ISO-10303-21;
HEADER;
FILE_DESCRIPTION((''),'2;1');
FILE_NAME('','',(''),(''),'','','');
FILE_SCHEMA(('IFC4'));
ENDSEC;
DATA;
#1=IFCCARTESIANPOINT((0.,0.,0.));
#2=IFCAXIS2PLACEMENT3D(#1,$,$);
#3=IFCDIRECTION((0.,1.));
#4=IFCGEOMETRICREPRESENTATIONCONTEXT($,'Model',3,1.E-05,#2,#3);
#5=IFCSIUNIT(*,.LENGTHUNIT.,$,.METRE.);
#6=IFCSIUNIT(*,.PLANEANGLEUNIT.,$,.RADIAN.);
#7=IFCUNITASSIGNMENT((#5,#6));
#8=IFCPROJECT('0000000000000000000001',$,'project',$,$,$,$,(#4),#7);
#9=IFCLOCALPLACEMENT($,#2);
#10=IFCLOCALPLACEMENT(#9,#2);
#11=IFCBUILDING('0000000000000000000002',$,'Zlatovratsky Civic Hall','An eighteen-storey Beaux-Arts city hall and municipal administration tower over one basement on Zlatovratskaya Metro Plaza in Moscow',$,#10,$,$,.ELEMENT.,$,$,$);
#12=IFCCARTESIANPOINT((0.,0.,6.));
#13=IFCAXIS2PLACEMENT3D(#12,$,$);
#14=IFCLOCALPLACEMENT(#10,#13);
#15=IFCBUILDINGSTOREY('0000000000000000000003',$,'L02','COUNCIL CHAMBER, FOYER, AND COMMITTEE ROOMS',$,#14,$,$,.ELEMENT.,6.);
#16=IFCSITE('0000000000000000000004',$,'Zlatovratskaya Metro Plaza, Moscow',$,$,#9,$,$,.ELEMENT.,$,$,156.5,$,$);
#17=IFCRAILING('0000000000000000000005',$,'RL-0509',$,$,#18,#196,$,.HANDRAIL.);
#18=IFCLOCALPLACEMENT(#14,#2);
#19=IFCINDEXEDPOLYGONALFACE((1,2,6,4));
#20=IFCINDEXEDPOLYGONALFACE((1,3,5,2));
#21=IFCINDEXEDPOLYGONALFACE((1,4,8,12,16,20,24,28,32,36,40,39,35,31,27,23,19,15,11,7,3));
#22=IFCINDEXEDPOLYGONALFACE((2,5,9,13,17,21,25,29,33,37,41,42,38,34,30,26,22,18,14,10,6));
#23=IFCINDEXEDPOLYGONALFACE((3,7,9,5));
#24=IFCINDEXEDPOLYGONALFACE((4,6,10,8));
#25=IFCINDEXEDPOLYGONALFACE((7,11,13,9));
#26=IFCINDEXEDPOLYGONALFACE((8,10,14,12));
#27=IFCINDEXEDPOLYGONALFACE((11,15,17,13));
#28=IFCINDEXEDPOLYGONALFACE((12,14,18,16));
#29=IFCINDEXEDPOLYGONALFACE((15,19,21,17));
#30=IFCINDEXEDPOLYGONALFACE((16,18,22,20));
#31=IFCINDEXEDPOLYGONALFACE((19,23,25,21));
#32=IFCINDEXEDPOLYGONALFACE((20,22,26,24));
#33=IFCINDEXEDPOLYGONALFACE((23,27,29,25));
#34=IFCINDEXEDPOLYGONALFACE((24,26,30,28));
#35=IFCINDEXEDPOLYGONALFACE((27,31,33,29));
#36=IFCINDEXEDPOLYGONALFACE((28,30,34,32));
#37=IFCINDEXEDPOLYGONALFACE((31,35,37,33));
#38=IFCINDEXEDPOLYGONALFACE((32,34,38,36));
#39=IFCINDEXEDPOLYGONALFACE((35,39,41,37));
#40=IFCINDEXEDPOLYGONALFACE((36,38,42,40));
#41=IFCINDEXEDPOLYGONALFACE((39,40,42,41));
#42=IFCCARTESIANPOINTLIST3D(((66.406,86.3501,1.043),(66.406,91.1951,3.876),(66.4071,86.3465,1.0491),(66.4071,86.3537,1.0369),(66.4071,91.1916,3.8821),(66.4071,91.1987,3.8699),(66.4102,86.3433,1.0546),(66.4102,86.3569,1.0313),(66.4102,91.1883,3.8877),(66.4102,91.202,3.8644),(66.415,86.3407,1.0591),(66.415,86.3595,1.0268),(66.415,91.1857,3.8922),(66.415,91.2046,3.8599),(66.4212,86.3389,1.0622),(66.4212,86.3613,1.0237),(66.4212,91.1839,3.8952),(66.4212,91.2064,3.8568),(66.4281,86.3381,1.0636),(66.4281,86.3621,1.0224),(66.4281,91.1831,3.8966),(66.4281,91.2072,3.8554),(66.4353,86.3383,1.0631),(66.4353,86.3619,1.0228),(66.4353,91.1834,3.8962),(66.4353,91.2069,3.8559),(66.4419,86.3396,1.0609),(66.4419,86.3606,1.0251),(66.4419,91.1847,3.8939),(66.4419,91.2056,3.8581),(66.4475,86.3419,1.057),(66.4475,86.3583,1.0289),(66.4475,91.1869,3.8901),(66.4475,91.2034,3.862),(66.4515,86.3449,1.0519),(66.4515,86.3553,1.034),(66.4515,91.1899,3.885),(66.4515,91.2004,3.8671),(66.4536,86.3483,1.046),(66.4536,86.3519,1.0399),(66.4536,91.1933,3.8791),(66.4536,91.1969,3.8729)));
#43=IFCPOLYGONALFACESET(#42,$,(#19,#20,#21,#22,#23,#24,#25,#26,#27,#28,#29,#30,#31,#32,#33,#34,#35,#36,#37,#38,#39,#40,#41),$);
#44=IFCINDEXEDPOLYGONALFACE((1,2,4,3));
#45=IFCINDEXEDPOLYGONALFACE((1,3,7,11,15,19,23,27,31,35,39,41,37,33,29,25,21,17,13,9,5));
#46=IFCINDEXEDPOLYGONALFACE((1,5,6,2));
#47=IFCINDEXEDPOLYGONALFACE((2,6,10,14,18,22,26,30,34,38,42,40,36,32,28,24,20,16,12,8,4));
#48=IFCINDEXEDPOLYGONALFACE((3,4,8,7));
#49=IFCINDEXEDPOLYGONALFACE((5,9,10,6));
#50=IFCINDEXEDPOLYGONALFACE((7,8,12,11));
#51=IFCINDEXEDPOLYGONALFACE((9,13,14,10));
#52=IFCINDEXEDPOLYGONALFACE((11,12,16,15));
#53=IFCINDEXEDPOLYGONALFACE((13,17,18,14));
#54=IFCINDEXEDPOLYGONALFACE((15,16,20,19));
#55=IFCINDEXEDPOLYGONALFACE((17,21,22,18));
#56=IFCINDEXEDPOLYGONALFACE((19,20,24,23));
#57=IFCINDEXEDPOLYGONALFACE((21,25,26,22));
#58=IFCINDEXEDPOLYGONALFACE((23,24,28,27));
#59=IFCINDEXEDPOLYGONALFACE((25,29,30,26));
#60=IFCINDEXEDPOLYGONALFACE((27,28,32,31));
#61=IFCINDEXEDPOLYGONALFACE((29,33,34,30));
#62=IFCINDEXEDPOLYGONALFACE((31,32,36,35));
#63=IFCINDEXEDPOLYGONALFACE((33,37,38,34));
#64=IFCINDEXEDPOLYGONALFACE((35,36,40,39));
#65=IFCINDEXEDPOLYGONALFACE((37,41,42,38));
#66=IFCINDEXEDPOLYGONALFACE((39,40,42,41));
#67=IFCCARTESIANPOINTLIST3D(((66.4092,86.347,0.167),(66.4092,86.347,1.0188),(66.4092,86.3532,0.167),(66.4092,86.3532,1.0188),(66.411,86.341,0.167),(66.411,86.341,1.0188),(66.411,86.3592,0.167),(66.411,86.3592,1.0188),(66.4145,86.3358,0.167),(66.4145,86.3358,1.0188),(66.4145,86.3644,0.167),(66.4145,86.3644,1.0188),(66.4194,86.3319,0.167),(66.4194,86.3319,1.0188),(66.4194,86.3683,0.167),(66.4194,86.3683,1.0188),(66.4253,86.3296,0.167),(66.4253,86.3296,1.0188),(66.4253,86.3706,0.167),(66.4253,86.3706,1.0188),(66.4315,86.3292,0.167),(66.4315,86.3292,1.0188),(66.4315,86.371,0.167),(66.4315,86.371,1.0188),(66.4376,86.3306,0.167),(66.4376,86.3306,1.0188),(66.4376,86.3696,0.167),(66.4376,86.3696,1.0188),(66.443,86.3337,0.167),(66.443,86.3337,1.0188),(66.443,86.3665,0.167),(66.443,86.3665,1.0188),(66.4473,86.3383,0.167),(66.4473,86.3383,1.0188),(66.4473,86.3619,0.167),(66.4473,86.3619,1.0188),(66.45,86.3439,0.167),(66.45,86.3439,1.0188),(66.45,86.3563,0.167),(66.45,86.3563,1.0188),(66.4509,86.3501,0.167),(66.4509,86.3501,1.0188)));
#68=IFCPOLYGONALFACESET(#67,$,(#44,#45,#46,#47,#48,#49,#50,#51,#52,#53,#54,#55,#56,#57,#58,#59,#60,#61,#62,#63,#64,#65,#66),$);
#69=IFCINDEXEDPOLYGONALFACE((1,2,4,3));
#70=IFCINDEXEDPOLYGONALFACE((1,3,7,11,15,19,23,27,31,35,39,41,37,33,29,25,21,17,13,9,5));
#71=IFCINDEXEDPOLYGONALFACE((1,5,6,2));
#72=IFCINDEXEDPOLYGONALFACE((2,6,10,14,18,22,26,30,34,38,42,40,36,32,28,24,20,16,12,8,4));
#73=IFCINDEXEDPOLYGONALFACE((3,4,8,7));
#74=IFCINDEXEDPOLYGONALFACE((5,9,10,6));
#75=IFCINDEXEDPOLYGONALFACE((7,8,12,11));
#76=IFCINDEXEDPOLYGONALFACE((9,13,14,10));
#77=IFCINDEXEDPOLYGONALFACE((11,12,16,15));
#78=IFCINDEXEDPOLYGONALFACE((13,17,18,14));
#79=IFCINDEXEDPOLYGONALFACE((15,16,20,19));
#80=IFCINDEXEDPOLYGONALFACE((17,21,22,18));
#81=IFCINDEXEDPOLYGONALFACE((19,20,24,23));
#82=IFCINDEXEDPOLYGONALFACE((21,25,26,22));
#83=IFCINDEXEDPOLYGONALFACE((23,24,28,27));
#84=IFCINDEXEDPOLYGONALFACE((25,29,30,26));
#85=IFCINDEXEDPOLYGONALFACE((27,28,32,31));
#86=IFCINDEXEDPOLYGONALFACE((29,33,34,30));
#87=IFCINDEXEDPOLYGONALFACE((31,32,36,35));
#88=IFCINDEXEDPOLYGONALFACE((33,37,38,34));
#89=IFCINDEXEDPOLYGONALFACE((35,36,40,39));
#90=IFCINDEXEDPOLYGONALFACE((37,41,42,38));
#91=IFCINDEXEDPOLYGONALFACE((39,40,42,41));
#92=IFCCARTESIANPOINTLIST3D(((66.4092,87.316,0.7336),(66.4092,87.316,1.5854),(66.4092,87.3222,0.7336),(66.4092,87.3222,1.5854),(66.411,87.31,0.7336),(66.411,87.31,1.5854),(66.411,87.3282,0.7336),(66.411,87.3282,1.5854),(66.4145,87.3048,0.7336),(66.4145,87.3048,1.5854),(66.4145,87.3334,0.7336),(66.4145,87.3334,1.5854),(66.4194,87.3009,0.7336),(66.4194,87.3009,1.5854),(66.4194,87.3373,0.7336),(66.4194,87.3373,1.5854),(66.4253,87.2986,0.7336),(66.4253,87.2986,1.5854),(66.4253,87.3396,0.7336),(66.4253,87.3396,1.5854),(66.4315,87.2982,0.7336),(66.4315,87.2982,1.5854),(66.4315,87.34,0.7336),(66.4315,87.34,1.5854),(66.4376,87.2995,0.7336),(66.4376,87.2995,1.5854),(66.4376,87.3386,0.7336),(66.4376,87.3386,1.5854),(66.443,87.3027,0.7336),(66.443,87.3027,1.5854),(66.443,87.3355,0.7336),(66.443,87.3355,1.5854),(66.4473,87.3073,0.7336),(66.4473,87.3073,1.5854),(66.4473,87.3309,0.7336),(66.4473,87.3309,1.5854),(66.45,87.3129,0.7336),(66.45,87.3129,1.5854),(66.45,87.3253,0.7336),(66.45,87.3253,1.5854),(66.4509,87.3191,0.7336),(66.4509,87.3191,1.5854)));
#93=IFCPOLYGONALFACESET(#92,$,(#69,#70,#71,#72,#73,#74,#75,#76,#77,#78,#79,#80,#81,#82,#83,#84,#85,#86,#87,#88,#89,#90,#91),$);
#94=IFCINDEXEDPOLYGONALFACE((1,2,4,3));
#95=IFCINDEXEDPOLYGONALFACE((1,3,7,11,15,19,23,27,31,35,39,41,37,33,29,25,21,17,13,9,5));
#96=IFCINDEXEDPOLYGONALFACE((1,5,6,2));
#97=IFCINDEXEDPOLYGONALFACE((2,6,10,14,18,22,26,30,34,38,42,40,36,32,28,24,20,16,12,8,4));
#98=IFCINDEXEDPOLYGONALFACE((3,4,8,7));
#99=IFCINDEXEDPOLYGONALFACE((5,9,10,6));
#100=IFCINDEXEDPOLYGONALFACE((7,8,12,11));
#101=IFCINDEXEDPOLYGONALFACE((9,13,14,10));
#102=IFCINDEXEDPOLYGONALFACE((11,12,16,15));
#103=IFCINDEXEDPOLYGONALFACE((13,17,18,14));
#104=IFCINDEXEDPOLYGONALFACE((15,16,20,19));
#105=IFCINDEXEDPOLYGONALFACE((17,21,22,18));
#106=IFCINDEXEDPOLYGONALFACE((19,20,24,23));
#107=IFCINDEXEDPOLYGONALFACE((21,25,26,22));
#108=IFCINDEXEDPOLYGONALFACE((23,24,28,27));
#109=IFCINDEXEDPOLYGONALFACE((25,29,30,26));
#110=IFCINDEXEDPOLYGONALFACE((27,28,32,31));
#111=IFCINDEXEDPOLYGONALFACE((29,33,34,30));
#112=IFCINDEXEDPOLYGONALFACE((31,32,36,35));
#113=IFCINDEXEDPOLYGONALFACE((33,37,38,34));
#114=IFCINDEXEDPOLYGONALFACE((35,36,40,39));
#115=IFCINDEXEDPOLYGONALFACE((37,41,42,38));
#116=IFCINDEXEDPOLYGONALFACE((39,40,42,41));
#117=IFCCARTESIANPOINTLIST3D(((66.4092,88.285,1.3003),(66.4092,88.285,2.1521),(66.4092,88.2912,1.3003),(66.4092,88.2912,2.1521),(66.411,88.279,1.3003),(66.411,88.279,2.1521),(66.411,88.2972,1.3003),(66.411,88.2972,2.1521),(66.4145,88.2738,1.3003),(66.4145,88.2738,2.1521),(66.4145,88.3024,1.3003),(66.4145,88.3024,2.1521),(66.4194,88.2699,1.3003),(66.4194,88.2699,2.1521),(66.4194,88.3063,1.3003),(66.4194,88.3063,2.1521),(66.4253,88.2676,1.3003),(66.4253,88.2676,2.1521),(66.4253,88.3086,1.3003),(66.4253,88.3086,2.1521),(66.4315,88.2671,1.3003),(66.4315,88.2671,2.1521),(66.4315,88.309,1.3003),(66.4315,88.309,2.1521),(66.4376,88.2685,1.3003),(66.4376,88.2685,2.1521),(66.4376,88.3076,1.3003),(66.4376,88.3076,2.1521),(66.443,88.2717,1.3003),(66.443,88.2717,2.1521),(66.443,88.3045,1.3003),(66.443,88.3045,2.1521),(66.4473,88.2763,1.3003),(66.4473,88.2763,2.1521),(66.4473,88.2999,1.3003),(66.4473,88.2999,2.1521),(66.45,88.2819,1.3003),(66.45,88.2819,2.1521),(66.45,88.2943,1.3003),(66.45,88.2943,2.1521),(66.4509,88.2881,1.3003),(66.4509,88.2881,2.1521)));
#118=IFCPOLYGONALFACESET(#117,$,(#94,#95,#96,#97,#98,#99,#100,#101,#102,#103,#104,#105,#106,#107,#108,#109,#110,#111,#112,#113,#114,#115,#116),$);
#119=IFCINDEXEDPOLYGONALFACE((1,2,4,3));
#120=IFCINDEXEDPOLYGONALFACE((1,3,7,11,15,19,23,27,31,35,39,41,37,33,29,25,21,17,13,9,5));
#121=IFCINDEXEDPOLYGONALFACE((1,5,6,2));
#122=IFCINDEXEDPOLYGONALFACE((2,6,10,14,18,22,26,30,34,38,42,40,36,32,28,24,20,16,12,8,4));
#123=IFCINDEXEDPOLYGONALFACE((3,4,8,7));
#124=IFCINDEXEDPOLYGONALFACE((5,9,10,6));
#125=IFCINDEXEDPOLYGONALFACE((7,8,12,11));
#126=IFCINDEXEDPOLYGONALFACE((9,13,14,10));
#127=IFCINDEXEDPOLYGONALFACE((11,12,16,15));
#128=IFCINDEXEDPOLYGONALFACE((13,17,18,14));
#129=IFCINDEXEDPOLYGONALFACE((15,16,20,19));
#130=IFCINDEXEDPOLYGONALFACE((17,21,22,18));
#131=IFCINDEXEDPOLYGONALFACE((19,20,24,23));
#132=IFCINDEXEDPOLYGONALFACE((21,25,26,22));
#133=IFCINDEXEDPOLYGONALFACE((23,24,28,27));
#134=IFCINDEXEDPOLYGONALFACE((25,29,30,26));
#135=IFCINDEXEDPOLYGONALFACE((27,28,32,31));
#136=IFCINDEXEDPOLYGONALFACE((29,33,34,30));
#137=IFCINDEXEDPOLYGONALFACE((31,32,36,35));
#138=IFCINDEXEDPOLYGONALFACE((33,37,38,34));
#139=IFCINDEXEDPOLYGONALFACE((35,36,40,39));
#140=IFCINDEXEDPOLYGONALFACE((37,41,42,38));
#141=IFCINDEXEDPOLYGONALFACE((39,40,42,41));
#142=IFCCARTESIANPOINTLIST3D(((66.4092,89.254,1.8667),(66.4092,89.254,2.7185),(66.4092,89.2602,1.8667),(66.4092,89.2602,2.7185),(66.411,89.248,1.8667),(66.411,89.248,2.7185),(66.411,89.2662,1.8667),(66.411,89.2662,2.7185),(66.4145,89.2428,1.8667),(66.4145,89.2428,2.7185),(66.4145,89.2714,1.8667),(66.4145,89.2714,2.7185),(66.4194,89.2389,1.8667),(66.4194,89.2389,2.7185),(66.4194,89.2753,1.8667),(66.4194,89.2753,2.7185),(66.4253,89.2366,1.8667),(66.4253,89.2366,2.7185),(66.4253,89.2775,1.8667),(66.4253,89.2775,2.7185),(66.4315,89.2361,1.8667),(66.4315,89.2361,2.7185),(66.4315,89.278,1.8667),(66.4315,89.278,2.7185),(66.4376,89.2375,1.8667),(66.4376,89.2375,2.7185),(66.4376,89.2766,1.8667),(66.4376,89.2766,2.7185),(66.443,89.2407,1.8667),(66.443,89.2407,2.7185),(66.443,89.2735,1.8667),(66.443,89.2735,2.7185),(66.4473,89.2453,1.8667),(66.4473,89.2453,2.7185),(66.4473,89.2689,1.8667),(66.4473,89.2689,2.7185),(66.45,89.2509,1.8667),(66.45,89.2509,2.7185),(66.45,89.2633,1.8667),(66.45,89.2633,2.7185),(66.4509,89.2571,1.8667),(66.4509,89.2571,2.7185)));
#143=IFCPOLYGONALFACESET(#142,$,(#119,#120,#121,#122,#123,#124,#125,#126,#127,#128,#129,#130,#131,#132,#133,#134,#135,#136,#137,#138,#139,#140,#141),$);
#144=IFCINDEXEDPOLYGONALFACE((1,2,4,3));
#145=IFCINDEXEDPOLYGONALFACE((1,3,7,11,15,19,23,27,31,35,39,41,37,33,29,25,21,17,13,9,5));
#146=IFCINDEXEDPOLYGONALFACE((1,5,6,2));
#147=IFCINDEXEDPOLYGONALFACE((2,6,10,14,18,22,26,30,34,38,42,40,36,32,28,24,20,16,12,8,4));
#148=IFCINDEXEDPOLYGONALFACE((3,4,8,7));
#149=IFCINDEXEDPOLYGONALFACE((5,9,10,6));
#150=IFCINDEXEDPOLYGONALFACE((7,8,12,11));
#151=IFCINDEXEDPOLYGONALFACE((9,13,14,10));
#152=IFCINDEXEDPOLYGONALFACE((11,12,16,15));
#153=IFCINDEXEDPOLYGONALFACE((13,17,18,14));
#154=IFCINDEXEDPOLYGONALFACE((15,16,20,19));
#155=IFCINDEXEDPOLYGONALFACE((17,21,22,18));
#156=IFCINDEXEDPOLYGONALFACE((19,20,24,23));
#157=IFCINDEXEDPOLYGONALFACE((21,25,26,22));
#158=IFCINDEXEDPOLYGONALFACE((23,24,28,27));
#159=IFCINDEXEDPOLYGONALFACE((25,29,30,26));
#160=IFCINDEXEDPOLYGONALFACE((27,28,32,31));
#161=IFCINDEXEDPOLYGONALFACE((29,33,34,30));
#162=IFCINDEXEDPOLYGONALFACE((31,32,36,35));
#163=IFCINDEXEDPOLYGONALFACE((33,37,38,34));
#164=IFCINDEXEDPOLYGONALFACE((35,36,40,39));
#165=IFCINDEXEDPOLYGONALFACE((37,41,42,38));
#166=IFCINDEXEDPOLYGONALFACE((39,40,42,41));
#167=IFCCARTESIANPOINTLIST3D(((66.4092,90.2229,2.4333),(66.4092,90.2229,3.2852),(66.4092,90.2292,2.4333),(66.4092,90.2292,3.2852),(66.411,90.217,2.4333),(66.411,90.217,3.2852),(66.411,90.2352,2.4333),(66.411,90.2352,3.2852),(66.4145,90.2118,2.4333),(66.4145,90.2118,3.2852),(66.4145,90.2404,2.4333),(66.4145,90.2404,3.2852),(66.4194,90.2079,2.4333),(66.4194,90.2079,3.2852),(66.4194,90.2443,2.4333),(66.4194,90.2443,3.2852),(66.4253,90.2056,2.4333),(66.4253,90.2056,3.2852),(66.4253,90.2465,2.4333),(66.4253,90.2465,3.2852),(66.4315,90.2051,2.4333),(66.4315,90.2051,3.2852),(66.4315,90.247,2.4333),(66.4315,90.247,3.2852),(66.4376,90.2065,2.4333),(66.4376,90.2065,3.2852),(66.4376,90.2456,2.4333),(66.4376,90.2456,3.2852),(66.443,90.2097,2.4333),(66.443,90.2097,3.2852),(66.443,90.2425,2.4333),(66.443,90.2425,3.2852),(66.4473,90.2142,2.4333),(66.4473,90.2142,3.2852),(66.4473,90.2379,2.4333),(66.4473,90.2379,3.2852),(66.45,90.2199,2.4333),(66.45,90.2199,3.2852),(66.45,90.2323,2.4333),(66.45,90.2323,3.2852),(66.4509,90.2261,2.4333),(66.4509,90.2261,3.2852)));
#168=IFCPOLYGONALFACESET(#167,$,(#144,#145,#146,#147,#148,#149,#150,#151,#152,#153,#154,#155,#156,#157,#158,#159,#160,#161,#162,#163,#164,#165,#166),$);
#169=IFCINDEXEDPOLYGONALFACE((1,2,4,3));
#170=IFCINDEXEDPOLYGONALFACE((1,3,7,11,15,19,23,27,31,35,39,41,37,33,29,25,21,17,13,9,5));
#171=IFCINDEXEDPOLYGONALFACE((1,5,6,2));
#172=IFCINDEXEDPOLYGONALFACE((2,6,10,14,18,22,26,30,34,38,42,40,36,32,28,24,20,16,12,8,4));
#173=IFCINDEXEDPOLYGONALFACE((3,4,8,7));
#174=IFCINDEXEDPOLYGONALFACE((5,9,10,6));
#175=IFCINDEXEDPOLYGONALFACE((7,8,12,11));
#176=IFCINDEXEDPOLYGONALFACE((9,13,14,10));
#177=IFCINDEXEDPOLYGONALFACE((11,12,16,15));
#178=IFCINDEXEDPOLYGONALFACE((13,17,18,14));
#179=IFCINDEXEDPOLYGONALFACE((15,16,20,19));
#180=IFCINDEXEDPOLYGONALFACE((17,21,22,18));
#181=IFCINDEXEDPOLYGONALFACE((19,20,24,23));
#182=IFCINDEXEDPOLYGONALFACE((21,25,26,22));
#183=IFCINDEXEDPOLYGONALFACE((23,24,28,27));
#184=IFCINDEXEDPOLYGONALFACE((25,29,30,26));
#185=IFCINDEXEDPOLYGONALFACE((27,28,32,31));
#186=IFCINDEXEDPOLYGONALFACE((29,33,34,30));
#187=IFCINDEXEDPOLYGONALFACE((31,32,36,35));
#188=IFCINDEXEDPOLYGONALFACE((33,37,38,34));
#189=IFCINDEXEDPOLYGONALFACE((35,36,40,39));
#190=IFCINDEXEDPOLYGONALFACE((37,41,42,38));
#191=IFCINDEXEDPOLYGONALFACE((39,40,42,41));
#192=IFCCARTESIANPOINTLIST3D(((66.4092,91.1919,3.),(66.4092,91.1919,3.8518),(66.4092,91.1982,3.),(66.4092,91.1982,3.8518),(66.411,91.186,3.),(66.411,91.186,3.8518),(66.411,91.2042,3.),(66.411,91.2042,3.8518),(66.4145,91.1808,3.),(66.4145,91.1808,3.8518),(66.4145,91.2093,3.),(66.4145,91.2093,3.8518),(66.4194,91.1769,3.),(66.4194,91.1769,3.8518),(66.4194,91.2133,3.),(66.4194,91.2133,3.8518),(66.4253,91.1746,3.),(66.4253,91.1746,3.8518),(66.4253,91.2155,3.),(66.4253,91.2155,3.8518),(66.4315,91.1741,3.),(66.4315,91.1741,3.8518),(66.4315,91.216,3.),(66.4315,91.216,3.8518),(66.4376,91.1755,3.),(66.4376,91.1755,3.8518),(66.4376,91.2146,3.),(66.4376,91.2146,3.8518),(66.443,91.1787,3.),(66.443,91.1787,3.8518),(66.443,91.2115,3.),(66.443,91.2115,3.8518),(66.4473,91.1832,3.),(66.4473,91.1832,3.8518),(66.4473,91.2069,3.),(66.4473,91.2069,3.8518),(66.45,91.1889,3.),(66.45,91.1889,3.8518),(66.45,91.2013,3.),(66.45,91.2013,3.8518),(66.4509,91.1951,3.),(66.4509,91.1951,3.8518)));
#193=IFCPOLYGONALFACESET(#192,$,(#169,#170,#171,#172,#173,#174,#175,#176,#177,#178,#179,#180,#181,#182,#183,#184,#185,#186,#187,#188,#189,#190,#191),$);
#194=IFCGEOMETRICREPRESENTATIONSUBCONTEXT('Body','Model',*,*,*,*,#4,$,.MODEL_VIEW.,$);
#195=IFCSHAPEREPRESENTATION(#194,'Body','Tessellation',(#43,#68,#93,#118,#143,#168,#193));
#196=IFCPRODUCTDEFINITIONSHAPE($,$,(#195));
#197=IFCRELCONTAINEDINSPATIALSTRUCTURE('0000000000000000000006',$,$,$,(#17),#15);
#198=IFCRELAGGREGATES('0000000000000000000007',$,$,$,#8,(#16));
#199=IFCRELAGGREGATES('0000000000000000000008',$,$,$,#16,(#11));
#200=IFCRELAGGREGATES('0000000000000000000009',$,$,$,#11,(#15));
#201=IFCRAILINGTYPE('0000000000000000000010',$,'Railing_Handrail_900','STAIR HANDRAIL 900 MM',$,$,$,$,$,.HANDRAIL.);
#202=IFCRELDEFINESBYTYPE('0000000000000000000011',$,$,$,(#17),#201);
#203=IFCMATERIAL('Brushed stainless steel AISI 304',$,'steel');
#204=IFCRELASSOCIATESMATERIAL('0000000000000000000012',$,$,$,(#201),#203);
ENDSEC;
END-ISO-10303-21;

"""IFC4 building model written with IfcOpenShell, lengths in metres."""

from ifc_helpers import new_model, si_unit, direction, frame, origin, origin_2d, place, context, subcontext, project, spatial, circle, extrude, material, type_object, element, save


model = new_model("IFC4")

# Units and contexts
model_context = context("Model", 3, precision=1e-05, world=origin(), true_north=direction((0.0, 1.0)))
body_context = subcontext(model_context, "Body", "Model", "MODEL_VIEW")
ifc_project = project(units=[si_unit("LENGTHUNIT", "METRE"), si_unit("PLANEANGLEUNIT", "RADIAN")], contexts=[model_context])

# Site, building, storey
site_placement = place(None, origin())
site = spatial("IfcSite", under=ifc_project, at=site_placement, Name="Zlatovratskaya Metro Plaza, Moscow", CompositionType="ELEMENT", RefElevation=156.5)
building_placement = place(site_placement, origin())
building = spatial("IfcBuilding", under=site, at=building_placement, Name="Zlatovratsky Civic Hall", Description="An eighteen-storey Beaux-Arts city hall and municipal administration tower over one basement on Zlatovratskaya Metro Plaza in Moscow", CompositionType="ELEMENT")
storey_placement = place(building_placement, frame((0.0, 0.0, 6.0)))
storey = spatial("IfcBuildingStorey", under=building, at=storey_placement, Name="L02", Description="COUNCIL CHAMBER, FOYER, AND COMMITTEE ROOMS", CompositionType="ELEMENT", Elevation=6.0)

# Railing
ifc_material_1 = material(Name="Brushed stainless steel AISI 304", Category="steel")
railing_type_1 = type_object("IfcRailingType", Name="Railing_Handrail_900", Description="STAIR HANDRAIL 900 MM", PredefinedType="HANDRAIL", material=ifc_material_1)
railing_1_placement = place(storey_placement, frame((66.4299, 86.3501, 0.167)))
element("IfcRailing", 1, at=railing_1_placement, inside=storey, type_object=railing_type_1, Name="RL-0509", PredefinedType="HANDRAIL", context=body_context, shape_type="SweptSolid", body=[
    extrude(circle(Radius=0.0239, at=origin_2d()), frame((0.0, 0.0, 0.876), z_axis=(0.0, 0.863253, 0.504771), x_axis=(-1.0, 0.0, 0.0)), (0.0, 0.0, 1.0), 5.6125),
    extrude(circle(Radius=0.021, at=origin_2d()), origin(), (0.0, 0.0, 1.0), 0.8518),
    extrude(circle(Radius=0.021, at=origin_2d()), frame((0.0, 0.969, 0.5667)), (0.0, 0.0, 1.0), 0.8518),
    extrude(circle(Radius=0.021, at=origin_2d()), frame((0.0, 1.938, 1.1333)), (0.0, 0.0, 1.0), 0.8518),
    extrude(circle(Radius=0.021, at=origin_2d()), frame((0.0, 2.907, 1.6997)), (0.0, 0.0, 1.0), 0.8518),
    extrude(circle(Radius=0.021, at=origin_2d()), frame((0.0, 3.876, 2.2664)), (0.0, 0.0, 1.0), 0.8518),
    extrude(circle(Radius=0.021, at=origin_2d()), frame((0.0, 4.845, 2.833)), (0.0, 0.0, 1.0), 0.8518),
])

save(model, "model.ifc")
